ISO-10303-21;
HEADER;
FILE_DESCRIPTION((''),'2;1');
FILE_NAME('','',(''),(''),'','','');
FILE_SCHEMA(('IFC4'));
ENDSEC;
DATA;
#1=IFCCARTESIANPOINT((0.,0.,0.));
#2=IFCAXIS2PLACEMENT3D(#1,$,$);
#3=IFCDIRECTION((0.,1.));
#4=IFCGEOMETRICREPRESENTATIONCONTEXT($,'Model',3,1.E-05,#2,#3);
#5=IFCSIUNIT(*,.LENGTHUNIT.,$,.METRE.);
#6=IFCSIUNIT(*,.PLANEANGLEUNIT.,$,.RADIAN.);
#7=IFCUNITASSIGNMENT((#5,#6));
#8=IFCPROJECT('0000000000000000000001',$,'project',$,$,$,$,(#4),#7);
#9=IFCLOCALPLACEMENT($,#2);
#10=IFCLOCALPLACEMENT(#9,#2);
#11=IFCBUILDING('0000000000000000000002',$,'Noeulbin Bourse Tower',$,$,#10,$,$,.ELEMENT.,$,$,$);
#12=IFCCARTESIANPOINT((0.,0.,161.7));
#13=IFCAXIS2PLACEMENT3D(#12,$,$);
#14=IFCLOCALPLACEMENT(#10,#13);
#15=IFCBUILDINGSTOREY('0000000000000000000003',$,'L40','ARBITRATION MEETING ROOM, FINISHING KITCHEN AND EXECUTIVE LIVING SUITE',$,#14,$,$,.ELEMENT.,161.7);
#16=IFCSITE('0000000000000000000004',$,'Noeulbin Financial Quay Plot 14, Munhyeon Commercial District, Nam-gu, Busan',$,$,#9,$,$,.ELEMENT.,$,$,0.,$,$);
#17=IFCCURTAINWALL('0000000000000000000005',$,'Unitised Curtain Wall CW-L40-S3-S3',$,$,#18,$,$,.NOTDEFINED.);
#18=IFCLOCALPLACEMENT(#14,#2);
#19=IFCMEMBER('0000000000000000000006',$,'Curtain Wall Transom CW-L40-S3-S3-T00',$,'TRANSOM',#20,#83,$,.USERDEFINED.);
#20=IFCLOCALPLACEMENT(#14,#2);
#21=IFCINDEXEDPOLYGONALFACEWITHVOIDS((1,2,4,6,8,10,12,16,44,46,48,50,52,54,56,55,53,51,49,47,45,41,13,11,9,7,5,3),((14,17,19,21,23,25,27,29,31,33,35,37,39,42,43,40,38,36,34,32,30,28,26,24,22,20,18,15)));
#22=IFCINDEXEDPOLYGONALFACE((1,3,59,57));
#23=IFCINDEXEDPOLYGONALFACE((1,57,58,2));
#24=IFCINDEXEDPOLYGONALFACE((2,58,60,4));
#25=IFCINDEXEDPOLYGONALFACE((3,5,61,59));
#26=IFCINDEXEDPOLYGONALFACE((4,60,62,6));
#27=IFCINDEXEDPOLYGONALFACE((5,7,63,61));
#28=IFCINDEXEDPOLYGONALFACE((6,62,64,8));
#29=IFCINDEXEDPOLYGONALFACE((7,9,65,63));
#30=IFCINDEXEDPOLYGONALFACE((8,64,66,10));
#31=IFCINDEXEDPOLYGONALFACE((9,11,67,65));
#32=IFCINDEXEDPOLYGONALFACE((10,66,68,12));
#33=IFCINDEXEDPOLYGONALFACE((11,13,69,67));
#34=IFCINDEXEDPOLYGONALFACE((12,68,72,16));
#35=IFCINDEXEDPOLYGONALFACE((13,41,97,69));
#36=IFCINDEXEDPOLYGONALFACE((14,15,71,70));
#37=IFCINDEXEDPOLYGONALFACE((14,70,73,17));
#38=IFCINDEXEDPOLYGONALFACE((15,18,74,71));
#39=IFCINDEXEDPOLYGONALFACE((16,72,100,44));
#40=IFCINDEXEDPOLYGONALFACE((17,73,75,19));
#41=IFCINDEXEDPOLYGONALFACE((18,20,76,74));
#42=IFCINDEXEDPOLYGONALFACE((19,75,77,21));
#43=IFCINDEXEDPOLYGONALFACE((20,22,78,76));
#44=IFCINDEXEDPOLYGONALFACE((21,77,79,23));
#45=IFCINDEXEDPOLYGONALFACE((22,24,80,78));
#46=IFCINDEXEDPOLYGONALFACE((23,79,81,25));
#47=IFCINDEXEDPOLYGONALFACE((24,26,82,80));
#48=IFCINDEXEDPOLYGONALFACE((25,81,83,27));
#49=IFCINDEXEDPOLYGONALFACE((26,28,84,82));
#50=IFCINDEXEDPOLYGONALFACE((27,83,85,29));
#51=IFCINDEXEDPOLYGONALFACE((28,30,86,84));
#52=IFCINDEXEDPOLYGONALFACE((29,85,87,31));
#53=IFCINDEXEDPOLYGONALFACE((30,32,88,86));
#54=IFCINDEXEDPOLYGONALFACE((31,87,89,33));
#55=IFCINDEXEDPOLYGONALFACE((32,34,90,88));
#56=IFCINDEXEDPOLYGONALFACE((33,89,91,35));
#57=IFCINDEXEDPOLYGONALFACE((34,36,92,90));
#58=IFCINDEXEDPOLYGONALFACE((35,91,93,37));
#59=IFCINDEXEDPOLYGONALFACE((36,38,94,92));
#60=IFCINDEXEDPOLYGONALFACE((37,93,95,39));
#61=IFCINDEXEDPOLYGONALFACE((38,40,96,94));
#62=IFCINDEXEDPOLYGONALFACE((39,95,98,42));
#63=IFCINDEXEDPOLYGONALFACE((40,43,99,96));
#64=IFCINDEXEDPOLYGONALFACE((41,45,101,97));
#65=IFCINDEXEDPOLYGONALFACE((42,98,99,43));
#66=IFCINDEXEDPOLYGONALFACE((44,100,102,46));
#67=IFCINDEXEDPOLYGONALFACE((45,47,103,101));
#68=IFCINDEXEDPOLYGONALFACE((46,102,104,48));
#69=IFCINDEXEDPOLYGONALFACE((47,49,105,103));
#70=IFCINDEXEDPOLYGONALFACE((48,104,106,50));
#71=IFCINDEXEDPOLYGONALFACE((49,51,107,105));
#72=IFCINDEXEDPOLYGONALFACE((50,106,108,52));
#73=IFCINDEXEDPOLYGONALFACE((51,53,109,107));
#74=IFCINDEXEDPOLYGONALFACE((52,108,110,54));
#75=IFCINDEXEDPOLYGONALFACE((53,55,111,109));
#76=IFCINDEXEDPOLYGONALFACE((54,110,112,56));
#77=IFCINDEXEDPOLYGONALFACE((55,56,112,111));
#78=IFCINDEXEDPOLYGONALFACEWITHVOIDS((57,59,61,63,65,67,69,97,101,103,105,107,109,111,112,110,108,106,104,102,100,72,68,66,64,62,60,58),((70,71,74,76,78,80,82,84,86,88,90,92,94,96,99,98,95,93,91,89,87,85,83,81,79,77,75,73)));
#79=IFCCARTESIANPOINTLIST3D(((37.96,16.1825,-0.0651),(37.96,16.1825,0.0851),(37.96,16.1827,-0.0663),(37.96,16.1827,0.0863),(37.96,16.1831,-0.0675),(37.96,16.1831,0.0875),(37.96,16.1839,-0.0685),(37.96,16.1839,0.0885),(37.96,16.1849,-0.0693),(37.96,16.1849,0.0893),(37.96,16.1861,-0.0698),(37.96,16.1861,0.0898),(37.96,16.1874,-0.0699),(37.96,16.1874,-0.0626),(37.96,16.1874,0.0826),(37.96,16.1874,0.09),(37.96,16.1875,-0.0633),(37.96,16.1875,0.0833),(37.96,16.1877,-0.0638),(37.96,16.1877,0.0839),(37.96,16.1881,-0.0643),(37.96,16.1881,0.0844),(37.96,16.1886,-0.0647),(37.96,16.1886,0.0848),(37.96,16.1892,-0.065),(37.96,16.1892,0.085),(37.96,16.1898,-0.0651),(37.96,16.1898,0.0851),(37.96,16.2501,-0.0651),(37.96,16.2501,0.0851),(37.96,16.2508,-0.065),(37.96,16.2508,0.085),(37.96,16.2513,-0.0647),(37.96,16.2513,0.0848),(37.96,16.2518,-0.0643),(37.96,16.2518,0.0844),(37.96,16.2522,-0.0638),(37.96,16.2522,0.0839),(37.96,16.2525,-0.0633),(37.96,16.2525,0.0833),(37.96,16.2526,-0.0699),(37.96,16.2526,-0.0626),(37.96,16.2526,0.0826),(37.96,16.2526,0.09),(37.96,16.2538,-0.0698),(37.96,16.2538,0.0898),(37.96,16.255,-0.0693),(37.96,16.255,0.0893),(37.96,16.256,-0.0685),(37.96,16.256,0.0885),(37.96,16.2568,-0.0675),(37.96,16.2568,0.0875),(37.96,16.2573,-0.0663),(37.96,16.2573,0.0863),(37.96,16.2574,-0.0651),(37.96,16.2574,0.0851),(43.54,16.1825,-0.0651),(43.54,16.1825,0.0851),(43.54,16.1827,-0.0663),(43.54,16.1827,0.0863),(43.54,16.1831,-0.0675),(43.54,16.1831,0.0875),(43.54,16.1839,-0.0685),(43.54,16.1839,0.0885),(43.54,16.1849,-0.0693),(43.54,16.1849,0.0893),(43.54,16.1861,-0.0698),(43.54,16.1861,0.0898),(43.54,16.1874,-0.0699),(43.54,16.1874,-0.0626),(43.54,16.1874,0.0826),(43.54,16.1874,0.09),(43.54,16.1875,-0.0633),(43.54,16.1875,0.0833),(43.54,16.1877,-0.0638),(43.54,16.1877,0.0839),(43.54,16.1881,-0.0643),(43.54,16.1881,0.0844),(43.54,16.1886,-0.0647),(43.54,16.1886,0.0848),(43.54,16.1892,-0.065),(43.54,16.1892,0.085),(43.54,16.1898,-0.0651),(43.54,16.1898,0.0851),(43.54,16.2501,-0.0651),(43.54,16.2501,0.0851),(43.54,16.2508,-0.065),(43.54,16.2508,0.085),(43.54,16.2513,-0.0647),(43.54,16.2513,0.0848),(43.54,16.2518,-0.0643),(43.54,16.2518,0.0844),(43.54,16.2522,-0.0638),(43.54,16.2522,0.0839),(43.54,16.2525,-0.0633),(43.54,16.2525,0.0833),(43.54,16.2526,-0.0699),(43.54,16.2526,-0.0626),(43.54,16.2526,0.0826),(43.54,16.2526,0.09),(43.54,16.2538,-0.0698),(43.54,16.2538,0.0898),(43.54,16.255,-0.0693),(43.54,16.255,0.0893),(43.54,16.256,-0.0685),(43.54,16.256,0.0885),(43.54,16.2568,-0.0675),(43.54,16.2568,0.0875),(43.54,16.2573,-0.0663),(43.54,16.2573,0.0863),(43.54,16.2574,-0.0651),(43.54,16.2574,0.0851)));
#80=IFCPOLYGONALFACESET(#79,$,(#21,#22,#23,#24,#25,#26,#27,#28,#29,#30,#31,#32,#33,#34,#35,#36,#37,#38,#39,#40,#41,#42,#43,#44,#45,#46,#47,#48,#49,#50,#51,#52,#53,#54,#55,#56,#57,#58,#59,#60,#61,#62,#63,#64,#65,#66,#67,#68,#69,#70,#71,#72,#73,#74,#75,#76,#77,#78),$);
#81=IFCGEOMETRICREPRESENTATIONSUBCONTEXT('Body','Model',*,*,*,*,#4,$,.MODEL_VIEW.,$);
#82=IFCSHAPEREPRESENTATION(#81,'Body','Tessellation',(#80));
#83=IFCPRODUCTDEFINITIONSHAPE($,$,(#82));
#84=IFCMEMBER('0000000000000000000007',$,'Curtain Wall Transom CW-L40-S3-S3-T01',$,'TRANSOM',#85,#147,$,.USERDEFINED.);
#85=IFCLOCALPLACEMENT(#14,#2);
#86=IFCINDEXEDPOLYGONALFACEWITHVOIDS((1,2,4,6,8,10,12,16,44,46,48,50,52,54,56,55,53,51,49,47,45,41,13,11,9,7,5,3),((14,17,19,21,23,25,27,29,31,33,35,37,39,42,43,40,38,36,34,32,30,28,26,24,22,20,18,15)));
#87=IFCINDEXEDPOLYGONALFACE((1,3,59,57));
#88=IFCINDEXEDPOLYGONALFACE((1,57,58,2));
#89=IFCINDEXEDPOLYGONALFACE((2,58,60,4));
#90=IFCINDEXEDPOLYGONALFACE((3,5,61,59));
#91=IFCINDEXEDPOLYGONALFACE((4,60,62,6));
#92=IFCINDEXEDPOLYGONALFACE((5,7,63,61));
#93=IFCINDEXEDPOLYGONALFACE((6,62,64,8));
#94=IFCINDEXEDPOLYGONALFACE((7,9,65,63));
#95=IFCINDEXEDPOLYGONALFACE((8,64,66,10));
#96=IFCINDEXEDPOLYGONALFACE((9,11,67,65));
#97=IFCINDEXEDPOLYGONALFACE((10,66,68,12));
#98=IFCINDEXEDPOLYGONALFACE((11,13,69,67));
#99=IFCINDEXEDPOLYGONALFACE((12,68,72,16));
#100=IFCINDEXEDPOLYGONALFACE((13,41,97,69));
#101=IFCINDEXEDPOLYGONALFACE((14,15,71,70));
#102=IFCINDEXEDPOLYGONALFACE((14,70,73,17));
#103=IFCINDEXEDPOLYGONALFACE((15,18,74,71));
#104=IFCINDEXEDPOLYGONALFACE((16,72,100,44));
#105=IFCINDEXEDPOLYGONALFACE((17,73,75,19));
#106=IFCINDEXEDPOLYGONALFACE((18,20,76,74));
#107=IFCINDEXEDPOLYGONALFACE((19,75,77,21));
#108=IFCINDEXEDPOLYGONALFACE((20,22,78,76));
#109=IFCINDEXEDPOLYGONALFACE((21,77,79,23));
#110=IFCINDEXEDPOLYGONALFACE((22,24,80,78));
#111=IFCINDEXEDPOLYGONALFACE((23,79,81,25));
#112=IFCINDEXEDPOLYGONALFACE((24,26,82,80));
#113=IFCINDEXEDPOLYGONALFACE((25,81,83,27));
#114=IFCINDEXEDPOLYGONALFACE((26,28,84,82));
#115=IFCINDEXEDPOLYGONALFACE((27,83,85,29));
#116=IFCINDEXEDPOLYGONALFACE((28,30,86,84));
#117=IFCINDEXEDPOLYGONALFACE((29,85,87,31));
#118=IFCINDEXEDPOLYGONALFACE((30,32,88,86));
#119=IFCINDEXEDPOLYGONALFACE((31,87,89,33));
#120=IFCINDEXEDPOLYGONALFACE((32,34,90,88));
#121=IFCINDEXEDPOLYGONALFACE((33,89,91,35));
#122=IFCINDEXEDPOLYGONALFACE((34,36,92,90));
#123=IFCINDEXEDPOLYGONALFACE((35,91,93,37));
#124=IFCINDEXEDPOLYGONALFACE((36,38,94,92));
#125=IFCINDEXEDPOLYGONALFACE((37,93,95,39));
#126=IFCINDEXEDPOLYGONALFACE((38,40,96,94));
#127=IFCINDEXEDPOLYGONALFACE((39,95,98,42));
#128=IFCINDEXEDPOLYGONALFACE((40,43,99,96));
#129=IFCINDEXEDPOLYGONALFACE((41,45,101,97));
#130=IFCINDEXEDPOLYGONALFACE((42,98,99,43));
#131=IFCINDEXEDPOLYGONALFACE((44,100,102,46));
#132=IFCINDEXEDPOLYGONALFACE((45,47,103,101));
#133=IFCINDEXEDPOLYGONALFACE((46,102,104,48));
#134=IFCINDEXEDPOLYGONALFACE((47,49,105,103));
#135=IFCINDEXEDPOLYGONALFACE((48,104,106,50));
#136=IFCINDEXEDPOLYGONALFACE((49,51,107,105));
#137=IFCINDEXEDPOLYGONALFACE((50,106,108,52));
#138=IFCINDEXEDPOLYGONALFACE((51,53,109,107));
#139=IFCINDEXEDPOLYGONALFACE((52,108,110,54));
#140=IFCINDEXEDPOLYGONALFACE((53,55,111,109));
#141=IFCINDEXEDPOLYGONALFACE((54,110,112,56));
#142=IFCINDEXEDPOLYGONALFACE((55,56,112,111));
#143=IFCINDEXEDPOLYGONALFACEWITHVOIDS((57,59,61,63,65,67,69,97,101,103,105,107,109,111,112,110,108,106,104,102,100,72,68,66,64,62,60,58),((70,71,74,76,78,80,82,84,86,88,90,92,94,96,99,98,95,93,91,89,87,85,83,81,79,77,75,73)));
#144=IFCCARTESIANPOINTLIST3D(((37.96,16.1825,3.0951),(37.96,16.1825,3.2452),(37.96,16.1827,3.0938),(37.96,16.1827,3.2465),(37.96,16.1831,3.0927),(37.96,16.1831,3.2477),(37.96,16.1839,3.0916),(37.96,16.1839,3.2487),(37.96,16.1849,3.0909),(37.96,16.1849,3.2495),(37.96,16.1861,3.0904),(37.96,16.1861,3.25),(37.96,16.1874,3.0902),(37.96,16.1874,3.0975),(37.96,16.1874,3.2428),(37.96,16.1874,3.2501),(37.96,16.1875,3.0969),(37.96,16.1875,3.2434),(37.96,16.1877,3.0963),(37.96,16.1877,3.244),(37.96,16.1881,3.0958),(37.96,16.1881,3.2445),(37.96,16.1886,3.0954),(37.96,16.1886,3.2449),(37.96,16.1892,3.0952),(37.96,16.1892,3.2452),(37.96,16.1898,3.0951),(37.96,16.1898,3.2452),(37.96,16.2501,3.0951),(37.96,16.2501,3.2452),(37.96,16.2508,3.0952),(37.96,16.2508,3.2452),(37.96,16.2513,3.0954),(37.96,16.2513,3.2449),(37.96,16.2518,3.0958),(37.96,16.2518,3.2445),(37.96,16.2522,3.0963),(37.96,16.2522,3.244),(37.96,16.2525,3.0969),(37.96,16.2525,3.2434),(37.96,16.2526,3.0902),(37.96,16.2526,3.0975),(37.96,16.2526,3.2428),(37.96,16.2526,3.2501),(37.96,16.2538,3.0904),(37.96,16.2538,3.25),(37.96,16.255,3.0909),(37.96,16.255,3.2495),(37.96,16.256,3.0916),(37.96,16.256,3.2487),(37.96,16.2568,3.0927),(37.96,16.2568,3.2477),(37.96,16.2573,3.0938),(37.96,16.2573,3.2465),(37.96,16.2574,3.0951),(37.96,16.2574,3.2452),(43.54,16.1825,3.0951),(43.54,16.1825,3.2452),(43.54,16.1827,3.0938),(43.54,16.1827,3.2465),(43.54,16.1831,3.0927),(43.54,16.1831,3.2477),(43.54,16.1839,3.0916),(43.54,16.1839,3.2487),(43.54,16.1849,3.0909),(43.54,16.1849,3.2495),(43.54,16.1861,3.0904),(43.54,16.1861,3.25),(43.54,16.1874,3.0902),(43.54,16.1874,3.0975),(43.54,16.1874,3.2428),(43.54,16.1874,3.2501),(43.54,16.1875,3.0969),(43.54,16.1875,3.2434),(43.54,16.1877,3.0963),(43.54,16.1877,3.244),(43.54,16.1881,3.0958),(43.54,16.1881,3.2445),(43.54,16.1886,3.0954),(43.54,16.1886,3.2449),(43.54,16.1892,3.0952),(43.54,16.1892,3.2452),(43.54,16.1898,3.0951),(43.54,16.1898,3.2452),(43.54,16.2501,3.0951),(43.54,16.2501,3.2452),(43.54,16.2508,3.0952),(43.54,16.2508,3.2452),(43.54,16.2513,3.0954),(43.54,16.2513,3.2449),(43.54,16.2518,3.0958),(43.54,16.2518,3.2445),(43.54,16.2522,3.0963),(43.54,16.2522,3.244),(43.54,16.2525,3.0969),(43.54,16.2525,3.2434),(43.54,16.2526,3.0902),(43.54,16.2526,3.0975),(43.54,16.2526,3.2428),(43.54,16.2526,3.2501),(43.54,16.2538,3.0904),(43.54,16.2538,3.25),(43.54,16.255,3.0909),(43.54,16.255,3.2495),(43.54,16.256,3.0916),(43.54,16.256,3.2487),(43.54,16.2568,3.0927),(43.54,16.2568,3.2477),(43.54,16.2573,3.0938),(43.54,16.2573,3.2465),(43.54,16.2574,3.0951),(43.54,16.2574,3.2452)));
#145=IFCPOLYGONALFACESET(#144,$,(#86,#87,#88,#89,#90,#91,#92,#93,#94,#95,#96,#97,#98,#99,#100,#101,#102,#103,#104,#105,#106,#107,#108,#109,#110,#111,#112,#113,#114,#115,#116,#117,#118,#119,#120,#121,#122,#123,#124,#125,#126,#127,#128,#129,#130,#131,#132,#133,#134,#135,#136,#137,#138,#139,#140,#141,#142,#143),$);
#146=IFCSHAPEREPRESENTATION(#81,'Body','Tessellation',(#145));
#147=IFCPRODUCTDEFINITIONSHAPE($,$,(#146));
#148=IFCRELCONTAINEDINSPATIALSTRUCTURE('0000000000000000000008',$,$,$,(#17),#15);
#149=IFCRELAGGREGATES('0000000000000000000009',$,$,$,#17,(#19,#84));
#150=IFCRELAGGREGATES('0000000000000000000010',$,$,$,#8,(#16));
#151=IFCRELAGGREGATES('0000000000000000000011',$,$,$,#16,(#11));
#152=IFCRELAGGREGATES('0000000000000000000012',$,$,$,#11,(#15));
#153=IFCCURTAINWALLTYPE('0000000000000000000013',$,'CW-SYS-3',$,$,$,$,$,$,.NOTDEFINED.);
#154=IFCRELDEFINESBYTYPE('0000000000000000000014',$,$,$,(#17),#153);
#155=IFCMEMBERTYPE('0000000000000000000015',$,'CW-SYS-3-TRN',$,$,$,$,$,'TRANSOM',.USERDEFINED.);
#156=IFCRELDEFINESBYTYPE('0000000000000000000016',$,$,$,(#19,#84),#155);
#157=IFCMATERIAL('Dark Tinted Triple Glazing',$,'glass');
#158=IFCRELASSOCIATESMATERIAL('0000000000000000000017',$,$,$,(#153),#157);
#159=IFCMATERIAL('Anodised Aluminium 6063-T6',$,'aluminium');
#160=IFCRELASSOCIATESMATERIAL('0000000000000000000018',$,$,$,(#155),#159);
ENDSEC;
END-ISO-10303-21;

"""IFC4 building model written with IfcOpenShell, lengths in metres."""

from ifc_helpers import new_model, si_unit, direction, frame, origin, origin_2d, place, context, subcontext, project, spatial, hollow_rectangle, extrude, material, material_profile, profile_set, type_object, element, aggregate, save


model = new_model("IFC4")

# Units and contexts
model_context = context("Model", 3, precision=1e-05, world=origin(), true_north=direction((0.0, 1.0)))
body_context = subcontext(model_context, "Body", "Model", "MODEL_VIEW")
ifc_project = project(units=[si_unit("LENGTHUNIT", "METRE"), si_unit("PLANEANGLEUNIT", "RADIAN")], contexts=[model_context])

# Site, building, storey
site_placement = place(None, origin())
site = spatial("IfcSite", under=ifc_project, at=site_placement, Name="Noeulbin Financial Quay Plot 14, Munhyeon Commercial District, Nam-gu, Busan", CompositionType="ELEMENT", RefElevation=0.0)
building_placement = place(site_placement, origin())
building = spatial("IfcBuilding", under=site, at=building_placement, Name="Noeulbin Bourse Tower", CompositionType="ELEMENT")
storey_placement = place(building_placement, frame((0.0, 0.0, 161.7)))
storey = spatial("IfcBuildingStorey", under=building, at=storey_placement, Name="L40", Description="ARBITRATION MEETING ROOM, FINISHING KITCHEN AND EXECUTIVE LIVING SUITE", CompositionType="ELEMENT", Elevation=161.7)

# Curtain wall
ifc_material_1 = material(Name="Dark Tinted Triple Glazing", Category="glass")
curtain_wall_type = type_object("IfcCurtainWallType", Name="CW-SYS-3", PredefinedType="NOTDEFINED", material=ifc_material_1)
curtain_wall_1_placement = place(storey_placement, origin())
curtain_wall_1 = element("IfcCurtainWall", 1, at=curtain_wall_1_placement, inside=storey, type_object=curtain_wall_type, Name="Unitised Curtain Wall CW-L40-S3-S3", PredefinedType="NOTDEFINED")
ifc_material_2 = material(Name="Anodised Aluminium 6063-T6", Category="aluminium")

# Members
ifc_material_profile_1 = material_profile(ifc_material_2, hollow_rectangle(XDim=0.075, YDim=0.1599, WallThickness=0.0049, InnerFilletRadius=0.0024, OuterFilletRadius=0.0049, at=origin_2d()), Name="ALU-TRAN-75x160x5", Category="LoadBearing")
ifc_profile_set_1 = profile_set([ifc_material_profile_1], Name="Anodised Aluminium 6063-T6")
member_type_1 = type_object("IfcMemberType", Name="CW-SYS-3-TRN", ElementType="TRANSOM", PredefinedType="USERDEFINED", material=ifc_profile_set_1)
member_1_placement = place(storey_placement, frame((37.96, 16.22, 0.01), z_axis=(1.0, 0.0, 0.0), x_axis=(0.0, 1.0, 0.0)))
member_1 = element("IfcMember", 2, at=member_1_placement, type_object=member_type_1, Name="Curtain Wall Transom CW-L40-S3-S3-T00", ObjectType="TRANSOM", PredefinedType="USERDEFINED", context=body_context, shape_type="SweptSolid", body=[
    extrude(hollow_rectangle(XDim=0.075, YDim=0.1599, WallThickness=0.0049, InnerFilletRadius=0.0024, OuterFilletRadius=0.0049, at=origin_2d()), origin(), (0.0, 0.0, 1.0), 5.5801),
])
member_2_placement = place(storey_placement, frame((37.96, 16.22, 3.1702), z_axis=(1.0, 0.0, 0.0), x_axis=(0.0, 1.0, 0.0)))
member_2 = element("IfcMember", 3, at=member_2_placement, type_object=member_type_1, Name="Curtain Wall Transom CW-L40-S3-S3-T01", ObjectType="TRANSOM", PredefinedType="USERDEFINED", context=body_context, shape_type="SweptSolid", body=[
    extrude(hollow_rectangle(XDim=0.075, YDim=0.1599, WallThickness=0.0049, InnerFilletRadius=0.0024, OuterFilletRadius=0.0049, at=origin_2d()), origin(), (0.0, 0.0, 1.0), 5.5801),
])

aggregate(curtain_wall_1, [member_1, member_2])

save(model, "model.ifc")
